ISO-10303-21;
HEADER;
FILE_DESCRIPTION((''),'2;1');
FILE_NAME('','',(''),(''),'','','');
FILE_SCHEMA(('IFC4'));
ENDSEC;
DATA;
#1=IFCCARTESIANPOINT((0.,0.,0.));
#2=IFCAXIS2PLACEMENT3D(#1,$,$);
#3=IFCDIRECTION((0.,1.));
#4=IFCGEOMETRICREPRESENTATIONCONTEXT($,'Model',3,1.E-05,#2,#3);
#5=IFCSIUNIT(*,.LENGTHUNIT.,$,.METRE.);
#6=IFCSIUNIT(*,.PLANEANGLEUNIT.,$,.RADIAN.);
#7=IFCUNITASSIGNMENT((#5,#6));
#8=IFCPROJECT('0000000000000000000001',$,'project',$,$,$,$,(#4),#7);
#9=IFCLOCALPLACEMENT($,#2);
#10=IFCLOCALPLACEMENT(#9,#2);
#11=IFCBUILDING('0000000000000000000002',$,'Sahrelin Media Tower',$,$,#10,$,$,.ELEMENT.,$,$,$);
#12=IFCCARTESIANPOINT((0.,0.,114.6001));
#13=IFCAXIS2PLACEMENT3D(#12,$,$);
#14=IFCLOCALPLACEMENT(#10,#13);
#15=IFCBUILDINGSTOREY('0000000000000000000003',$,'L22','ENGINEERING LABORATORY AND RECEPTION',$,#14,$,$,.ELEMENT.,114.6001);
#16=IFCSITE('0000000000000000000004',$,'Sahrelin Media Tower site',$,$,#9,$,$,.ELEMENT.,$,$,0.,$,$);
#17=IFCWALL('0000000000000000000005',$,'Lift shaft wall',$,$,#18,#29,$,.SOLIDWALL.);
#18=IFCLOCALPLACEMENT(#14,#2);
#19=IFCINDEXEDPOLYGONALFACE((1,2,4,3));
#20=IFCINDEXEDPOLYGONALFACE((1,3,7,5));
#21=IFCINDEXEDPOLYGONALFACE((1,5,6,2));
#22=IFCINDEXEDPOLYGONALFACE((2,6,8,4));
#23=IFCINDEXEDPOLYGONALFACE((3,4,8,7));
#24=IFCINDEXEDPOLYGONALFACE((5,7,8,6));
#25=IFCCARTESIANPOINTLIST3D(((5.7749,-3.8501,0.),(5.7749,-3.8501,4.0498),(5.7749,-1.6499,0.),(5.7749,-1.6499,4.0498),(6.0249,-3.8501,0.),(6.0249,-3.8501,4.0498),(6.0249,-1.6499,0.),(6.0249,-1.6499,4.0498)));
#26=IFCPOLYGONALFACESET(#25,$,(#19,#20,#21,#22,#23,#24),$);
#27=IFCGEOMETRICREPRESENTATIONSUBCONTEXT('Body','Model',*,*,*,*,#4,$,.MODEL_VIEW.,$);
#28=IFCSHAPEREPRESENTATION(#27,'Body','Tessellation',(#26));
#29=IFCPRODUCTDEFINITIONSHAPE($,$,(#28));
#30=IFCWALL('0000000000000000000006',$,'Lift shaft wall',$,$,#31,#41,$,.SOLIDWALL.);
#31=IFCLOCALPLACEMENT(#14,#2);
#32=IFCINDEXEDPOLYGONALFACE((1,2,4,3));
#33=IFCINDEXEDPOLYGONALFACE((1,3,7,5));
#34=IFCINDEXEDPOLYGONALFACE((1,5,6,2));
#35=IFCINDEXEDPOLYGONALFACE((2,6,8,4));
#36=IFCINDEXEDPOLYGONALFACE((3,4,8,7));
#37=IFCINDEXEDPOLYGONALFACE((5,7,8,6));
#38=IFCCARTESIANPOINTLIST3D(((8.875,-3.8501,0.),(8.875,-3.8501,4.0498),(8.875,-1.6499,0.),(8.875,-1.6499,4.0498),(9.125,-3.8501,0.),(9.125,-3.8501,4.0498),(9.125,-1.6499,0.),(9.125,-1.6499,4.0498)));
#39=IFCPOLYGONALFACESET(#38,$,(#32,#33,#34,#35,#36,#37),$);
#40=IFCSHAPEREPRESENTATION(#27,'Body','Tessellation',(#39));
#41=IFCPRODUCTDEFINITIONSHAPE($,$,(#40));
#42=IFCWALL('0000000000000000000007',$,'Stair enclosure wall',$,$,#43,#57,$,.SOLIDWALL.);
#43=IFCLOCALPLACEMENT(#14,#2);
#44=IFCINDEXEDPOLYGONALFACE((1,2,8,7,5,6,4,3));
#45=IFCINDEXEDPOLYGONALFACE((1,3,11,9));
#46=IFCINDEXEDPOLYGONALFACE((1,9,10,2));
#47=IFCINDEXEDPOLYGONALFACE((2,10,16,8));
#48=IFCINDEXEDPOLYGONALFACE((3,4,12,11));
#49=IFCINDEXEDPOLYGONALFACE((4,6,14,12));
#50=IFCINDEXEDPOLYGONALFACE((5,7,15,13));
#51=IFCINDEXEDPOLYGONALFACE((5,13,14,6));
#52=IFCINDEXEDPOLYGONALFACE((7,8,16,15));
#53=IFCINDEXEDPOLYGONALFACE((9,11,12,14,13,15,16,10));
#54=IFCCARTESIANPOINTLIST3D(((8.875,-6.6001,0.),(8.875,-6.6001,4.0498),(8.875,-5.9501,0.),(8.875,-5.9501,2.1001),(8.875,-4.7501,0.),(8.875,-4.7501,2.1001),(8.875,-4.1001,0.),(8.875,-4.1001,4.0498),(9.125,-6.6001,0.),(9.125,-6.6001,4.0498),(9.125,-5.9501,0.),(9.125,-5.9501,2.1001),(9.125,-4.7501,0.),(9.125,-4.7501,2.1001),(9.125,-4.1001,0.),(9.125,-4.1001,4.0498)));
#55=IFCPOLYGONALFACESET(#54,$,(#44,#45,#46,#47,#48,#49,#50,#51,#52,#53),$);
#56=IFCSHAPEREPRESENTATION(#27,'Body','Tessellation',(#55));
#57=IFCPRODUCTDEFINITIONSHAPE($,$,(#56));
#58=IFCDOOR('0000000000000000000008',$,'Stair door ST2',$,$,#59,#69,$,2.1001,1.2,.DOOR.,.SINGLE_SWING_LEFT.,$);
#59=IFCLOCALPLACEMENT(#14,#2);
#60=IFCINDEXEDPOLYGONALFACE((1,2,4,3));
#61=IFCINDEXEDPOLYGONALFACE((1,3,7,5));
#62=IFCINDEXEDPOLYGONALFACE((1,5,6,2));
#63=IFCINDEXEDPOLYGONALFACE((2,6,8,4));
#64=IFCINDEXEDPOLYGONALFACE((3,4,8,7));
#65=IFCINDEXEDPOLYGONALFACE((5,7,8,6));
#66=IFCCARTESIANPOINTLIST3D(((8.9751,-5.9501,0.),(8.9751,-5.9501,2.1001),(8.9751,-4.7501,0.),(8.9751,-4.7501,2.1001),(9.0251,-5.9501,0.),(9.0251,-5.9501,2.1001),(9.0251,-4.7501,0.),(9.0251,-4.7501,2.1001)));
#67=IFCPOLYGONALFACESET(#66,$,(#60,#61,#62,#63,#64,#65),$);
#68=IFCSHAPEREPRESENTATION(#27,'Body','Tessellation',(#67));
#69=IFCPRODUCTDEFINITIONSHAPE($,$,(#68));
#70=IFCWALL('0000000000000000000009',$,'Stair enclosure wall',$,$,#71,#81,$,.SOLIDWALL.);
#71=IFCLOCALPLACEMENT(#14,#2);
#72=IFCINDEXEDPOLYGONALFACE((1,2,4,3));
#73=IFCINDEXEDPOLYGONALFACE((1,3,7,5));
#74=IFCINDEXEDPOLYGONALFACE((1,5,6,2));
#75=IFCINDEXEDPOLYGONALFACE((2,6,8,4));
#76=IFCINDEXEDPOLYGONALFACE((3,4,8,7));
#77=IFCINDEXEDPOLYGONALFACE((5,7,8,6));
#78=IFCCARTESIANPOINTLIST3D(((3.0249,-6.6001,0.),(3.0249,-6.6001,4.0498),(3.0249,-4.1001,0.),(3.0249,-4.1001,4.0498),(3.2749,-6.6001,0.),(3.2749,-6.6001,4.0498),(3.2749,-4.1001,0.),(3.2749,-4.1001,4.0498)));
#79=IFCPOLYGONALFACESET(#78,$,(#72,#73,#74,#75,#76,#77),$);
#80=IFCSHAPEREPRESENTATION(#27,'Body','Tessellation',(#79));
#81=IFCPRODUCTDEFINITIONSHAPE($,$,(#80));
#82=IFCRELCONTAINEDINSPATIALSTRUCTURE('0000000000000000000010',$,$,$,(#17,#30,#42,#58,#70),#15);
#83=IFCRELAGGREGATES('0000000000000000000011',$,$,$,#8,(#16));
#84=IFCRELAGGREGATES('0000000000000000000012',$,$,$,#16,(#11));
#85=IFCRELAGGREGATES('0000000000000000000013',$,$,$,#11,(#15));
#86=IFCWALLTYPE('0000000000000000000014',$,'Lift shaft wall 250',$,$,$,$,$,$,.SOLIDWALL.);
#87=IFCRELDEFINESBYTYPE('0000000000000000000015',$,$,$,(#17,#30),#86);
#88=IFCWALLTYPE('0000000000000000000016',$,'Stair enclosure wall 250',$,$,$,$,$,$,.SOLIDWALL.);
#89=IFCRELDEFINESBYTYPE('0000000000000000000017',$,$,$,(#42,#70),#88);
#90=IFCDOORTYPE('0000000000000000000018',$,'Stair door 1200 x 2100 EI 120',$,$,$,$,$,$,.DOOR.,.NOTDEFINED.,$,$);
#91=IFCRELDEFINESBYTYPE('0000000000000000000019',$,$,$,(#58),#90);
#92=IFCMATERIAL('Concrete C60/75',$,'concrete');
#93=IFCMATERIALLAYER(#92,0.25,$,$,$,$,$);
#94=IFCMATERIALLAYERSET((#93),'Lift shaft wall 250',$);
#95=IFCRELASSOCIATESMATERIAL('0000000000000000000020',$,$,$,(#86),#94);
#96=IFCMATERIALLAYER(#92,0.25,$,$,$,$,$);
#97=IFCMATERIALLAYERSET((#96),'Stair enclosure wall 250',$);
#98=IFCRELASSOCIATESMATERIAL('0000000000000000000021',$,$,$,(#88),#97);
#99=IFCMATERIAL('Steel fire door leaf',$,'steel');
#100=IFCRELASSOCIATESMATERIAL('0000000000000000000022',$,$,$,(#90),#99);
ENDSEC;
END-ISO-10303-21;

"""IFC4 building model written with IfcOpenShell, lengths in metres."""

from ifc_helpers import new_model, si_unit, direction, frame, frame_2d, origin, place, context, subcontext, project, spatial, rectangle, extrude, material, layer, layer_set, type_object, element, fill, save


model = new_model("IFC4")

# Units and contexts
model_context = context("Model", 3, precision=1e-05, world=origin(), true_north=direction((0.0, 1.0)))
body_context = subcontext(model_context, "Body", "Model", "MODEL_VIEW")
ifc_project = project(units=[si_unit("LENGTHUNIT", "METRE"), si_unit("PLANEANGLEUNIT", "RADIAN")], contexts=[model_context])

# Site, building, storey
site_placement = place(None, origin())
site = spatial("IfcSite", under=ifc_project, at=site_placement, Name="Sahrelin Media Tower site", CompositionType="ELEMENT", RefElevation=0.0)
building_placement = place(site_placement, origin())
building = spatial("IfcBuilding", under=site, at=building_placement, Name="Sahrelin Media Tower", CompositionType="ELEMENT")
storey_placement = place(building_placement, frame((0.0, 0.0, 114.6001)))
storey = spatial("IfcBuildingStorey", under=building, at=storey_placement, Name="L22", Description="ENGINEERING LABORATORY AND RECEPTION", CompositionType="ELEMENT", Elevation=114.6001)

# Walls
ifc_material_1 = material(Name="Concrete C60/75", Category="concrete")
ifc_layer_1 = layer(ifc_material_1, 0.25)
ifc_layer_set_1 = layer_set([ifc_layer_1], Name="Lift shaft wall 250")
wall_type_1 = type_object("IfcWallType", Name="Lift shaft wall 250", PredefinedType="SOLIDWALL", material=ifc_layer_set_1)
for number, where, z_axis, x_axis, name in (
    (1, (5.8999, -3.8501, 0.0), (0.0, 0.0, 1.0), (0.0, 1.0, 0.0), "Lift shaft wall"),
    (2, (9.0, -3.8501, 0.0), (0.0, 0.0, 1.0), (0.0, 1.0, 0.0), "Lift shaft wall"),
):
    element("IfcWall", number, at=place(storey_placement, frame(where, z_axis=z_axis, x_axis=x_axis)), inside=storey, type_object=wall_type_1, Name=name, PredefinedType="SOLIDWALL", context=body_context, shape_type="SweptSolid", body=[
        extrude(rectangle(XDim=2.2002, YDim=0.25, at=frame_2d((1.1001, 0.0))), origin(), (0.0, 0.0, 1.0), 4.0498),
    ])

# Wall, opening, door
ifc_layer_2 = layer(ifc_material_1, 0.25)
ifc_layer_set_2 = layer_set([ifc_layer_2], Name="Stair enclosure wall 250")
wall_type_2 = type_object("IfcWallType", Name="Stair enclosure wall 250", PredefinedType="SOLIDWALL", material=ifc_layer_set_2)
wall_1_placement = place(storey_placement, frame((9.0, -6.6001, 0.0), z_axis=(0.0, 0.0, 1.0), x_axis=(0.0, 1.0, 0.0)))
wall_1 = element("IfcWall", 3, at=wall_1_placement, inside=storey, type_object=wall_type_2, Name="Stair enclosure wall", PredefinedType="SOLIDWALL", context=body_context, shape_type="SweptSolid", body=[
    extrude(rectangle(XDim=2.5, YDim=0.25, at=frame_2d((1.25, 0.0))), origin(), (0.0, 0.0, 1.0), 4.0498),
])
opening_placement = place(wall_1_placement, frame((0.6499, 0.0, 0.0)))
opening = element("IfcOpeningElement", 4, at=opening_placement, cuts=wall_1, PredefinedType="OPENING", context=body_context, shape_type="SweptSolid", body=[
    extrude(rectangle(XDim=1.2, YDim=2.1001, at=frame_2d((0.6001, 1.05))), frame((0.0, 0.125, 0.0), z_axis=(0.0, -1.0, 0.0), x_axis=(1.0, 0.0, 0.0)), (0.0, 0.0, 1.0), 0.25),
])
ifc_material_2 = material(Name="Steel fire door leaf", Category="steel")
door_type = type_object("IfcDoorType", Name="Stair door 1200 x 2100 EI 120", OperationType="NOTDEFINED", PredefinedType="DOOR", material=ifc_material_2)
door_placement = place(opening_placement, origin())
door = element("IfcDoor", 5, at=door_placement, inside=storey, type_object=door_type, Name="Stair door ST2", OperationType="SINGLE_SWING_LEFT", OverallHeight=2.1001, OverallWidth=1.2, PredefinedType="DOOR", context=body_context, shape_type="SweptSolid", body=[
    extrude(rectangle(XDim=1.2, YDim=2.1001, at=frame_2d((0.6001, 1.05))), frame((0.0, 0.0249, 0.0), z_axis=(0.0, -1.0, 0.0), x_axis=(1.0, 0.0, 0.0)), (0.0, 0.0, 1.0), 0.05),
])
fill(opening, door)

# Wall
wall_2_placement = place(storey_placement, frame((3.1499, -6.6001, 0.0), z_axis=(0.0, 0.0, 1.0), x_axis=(0.0, 1.0, 0.0)))
element("IfcWall", 6, at=wall_2_placement, inside=storey, type_object=wall_type_2, Name="Stair enclosure wall", PredefinedType="SOLIDWALL", context=body_context, shape_type="SweptSolid", body=[
    extrude(rectangle(XDim=2.5, YDim=0.25, at=frame_2d((1.25, 0.0))), origin(), (0.0, 0.0, 1.0), 4.0498),
])

save(model, "model.ifc")
